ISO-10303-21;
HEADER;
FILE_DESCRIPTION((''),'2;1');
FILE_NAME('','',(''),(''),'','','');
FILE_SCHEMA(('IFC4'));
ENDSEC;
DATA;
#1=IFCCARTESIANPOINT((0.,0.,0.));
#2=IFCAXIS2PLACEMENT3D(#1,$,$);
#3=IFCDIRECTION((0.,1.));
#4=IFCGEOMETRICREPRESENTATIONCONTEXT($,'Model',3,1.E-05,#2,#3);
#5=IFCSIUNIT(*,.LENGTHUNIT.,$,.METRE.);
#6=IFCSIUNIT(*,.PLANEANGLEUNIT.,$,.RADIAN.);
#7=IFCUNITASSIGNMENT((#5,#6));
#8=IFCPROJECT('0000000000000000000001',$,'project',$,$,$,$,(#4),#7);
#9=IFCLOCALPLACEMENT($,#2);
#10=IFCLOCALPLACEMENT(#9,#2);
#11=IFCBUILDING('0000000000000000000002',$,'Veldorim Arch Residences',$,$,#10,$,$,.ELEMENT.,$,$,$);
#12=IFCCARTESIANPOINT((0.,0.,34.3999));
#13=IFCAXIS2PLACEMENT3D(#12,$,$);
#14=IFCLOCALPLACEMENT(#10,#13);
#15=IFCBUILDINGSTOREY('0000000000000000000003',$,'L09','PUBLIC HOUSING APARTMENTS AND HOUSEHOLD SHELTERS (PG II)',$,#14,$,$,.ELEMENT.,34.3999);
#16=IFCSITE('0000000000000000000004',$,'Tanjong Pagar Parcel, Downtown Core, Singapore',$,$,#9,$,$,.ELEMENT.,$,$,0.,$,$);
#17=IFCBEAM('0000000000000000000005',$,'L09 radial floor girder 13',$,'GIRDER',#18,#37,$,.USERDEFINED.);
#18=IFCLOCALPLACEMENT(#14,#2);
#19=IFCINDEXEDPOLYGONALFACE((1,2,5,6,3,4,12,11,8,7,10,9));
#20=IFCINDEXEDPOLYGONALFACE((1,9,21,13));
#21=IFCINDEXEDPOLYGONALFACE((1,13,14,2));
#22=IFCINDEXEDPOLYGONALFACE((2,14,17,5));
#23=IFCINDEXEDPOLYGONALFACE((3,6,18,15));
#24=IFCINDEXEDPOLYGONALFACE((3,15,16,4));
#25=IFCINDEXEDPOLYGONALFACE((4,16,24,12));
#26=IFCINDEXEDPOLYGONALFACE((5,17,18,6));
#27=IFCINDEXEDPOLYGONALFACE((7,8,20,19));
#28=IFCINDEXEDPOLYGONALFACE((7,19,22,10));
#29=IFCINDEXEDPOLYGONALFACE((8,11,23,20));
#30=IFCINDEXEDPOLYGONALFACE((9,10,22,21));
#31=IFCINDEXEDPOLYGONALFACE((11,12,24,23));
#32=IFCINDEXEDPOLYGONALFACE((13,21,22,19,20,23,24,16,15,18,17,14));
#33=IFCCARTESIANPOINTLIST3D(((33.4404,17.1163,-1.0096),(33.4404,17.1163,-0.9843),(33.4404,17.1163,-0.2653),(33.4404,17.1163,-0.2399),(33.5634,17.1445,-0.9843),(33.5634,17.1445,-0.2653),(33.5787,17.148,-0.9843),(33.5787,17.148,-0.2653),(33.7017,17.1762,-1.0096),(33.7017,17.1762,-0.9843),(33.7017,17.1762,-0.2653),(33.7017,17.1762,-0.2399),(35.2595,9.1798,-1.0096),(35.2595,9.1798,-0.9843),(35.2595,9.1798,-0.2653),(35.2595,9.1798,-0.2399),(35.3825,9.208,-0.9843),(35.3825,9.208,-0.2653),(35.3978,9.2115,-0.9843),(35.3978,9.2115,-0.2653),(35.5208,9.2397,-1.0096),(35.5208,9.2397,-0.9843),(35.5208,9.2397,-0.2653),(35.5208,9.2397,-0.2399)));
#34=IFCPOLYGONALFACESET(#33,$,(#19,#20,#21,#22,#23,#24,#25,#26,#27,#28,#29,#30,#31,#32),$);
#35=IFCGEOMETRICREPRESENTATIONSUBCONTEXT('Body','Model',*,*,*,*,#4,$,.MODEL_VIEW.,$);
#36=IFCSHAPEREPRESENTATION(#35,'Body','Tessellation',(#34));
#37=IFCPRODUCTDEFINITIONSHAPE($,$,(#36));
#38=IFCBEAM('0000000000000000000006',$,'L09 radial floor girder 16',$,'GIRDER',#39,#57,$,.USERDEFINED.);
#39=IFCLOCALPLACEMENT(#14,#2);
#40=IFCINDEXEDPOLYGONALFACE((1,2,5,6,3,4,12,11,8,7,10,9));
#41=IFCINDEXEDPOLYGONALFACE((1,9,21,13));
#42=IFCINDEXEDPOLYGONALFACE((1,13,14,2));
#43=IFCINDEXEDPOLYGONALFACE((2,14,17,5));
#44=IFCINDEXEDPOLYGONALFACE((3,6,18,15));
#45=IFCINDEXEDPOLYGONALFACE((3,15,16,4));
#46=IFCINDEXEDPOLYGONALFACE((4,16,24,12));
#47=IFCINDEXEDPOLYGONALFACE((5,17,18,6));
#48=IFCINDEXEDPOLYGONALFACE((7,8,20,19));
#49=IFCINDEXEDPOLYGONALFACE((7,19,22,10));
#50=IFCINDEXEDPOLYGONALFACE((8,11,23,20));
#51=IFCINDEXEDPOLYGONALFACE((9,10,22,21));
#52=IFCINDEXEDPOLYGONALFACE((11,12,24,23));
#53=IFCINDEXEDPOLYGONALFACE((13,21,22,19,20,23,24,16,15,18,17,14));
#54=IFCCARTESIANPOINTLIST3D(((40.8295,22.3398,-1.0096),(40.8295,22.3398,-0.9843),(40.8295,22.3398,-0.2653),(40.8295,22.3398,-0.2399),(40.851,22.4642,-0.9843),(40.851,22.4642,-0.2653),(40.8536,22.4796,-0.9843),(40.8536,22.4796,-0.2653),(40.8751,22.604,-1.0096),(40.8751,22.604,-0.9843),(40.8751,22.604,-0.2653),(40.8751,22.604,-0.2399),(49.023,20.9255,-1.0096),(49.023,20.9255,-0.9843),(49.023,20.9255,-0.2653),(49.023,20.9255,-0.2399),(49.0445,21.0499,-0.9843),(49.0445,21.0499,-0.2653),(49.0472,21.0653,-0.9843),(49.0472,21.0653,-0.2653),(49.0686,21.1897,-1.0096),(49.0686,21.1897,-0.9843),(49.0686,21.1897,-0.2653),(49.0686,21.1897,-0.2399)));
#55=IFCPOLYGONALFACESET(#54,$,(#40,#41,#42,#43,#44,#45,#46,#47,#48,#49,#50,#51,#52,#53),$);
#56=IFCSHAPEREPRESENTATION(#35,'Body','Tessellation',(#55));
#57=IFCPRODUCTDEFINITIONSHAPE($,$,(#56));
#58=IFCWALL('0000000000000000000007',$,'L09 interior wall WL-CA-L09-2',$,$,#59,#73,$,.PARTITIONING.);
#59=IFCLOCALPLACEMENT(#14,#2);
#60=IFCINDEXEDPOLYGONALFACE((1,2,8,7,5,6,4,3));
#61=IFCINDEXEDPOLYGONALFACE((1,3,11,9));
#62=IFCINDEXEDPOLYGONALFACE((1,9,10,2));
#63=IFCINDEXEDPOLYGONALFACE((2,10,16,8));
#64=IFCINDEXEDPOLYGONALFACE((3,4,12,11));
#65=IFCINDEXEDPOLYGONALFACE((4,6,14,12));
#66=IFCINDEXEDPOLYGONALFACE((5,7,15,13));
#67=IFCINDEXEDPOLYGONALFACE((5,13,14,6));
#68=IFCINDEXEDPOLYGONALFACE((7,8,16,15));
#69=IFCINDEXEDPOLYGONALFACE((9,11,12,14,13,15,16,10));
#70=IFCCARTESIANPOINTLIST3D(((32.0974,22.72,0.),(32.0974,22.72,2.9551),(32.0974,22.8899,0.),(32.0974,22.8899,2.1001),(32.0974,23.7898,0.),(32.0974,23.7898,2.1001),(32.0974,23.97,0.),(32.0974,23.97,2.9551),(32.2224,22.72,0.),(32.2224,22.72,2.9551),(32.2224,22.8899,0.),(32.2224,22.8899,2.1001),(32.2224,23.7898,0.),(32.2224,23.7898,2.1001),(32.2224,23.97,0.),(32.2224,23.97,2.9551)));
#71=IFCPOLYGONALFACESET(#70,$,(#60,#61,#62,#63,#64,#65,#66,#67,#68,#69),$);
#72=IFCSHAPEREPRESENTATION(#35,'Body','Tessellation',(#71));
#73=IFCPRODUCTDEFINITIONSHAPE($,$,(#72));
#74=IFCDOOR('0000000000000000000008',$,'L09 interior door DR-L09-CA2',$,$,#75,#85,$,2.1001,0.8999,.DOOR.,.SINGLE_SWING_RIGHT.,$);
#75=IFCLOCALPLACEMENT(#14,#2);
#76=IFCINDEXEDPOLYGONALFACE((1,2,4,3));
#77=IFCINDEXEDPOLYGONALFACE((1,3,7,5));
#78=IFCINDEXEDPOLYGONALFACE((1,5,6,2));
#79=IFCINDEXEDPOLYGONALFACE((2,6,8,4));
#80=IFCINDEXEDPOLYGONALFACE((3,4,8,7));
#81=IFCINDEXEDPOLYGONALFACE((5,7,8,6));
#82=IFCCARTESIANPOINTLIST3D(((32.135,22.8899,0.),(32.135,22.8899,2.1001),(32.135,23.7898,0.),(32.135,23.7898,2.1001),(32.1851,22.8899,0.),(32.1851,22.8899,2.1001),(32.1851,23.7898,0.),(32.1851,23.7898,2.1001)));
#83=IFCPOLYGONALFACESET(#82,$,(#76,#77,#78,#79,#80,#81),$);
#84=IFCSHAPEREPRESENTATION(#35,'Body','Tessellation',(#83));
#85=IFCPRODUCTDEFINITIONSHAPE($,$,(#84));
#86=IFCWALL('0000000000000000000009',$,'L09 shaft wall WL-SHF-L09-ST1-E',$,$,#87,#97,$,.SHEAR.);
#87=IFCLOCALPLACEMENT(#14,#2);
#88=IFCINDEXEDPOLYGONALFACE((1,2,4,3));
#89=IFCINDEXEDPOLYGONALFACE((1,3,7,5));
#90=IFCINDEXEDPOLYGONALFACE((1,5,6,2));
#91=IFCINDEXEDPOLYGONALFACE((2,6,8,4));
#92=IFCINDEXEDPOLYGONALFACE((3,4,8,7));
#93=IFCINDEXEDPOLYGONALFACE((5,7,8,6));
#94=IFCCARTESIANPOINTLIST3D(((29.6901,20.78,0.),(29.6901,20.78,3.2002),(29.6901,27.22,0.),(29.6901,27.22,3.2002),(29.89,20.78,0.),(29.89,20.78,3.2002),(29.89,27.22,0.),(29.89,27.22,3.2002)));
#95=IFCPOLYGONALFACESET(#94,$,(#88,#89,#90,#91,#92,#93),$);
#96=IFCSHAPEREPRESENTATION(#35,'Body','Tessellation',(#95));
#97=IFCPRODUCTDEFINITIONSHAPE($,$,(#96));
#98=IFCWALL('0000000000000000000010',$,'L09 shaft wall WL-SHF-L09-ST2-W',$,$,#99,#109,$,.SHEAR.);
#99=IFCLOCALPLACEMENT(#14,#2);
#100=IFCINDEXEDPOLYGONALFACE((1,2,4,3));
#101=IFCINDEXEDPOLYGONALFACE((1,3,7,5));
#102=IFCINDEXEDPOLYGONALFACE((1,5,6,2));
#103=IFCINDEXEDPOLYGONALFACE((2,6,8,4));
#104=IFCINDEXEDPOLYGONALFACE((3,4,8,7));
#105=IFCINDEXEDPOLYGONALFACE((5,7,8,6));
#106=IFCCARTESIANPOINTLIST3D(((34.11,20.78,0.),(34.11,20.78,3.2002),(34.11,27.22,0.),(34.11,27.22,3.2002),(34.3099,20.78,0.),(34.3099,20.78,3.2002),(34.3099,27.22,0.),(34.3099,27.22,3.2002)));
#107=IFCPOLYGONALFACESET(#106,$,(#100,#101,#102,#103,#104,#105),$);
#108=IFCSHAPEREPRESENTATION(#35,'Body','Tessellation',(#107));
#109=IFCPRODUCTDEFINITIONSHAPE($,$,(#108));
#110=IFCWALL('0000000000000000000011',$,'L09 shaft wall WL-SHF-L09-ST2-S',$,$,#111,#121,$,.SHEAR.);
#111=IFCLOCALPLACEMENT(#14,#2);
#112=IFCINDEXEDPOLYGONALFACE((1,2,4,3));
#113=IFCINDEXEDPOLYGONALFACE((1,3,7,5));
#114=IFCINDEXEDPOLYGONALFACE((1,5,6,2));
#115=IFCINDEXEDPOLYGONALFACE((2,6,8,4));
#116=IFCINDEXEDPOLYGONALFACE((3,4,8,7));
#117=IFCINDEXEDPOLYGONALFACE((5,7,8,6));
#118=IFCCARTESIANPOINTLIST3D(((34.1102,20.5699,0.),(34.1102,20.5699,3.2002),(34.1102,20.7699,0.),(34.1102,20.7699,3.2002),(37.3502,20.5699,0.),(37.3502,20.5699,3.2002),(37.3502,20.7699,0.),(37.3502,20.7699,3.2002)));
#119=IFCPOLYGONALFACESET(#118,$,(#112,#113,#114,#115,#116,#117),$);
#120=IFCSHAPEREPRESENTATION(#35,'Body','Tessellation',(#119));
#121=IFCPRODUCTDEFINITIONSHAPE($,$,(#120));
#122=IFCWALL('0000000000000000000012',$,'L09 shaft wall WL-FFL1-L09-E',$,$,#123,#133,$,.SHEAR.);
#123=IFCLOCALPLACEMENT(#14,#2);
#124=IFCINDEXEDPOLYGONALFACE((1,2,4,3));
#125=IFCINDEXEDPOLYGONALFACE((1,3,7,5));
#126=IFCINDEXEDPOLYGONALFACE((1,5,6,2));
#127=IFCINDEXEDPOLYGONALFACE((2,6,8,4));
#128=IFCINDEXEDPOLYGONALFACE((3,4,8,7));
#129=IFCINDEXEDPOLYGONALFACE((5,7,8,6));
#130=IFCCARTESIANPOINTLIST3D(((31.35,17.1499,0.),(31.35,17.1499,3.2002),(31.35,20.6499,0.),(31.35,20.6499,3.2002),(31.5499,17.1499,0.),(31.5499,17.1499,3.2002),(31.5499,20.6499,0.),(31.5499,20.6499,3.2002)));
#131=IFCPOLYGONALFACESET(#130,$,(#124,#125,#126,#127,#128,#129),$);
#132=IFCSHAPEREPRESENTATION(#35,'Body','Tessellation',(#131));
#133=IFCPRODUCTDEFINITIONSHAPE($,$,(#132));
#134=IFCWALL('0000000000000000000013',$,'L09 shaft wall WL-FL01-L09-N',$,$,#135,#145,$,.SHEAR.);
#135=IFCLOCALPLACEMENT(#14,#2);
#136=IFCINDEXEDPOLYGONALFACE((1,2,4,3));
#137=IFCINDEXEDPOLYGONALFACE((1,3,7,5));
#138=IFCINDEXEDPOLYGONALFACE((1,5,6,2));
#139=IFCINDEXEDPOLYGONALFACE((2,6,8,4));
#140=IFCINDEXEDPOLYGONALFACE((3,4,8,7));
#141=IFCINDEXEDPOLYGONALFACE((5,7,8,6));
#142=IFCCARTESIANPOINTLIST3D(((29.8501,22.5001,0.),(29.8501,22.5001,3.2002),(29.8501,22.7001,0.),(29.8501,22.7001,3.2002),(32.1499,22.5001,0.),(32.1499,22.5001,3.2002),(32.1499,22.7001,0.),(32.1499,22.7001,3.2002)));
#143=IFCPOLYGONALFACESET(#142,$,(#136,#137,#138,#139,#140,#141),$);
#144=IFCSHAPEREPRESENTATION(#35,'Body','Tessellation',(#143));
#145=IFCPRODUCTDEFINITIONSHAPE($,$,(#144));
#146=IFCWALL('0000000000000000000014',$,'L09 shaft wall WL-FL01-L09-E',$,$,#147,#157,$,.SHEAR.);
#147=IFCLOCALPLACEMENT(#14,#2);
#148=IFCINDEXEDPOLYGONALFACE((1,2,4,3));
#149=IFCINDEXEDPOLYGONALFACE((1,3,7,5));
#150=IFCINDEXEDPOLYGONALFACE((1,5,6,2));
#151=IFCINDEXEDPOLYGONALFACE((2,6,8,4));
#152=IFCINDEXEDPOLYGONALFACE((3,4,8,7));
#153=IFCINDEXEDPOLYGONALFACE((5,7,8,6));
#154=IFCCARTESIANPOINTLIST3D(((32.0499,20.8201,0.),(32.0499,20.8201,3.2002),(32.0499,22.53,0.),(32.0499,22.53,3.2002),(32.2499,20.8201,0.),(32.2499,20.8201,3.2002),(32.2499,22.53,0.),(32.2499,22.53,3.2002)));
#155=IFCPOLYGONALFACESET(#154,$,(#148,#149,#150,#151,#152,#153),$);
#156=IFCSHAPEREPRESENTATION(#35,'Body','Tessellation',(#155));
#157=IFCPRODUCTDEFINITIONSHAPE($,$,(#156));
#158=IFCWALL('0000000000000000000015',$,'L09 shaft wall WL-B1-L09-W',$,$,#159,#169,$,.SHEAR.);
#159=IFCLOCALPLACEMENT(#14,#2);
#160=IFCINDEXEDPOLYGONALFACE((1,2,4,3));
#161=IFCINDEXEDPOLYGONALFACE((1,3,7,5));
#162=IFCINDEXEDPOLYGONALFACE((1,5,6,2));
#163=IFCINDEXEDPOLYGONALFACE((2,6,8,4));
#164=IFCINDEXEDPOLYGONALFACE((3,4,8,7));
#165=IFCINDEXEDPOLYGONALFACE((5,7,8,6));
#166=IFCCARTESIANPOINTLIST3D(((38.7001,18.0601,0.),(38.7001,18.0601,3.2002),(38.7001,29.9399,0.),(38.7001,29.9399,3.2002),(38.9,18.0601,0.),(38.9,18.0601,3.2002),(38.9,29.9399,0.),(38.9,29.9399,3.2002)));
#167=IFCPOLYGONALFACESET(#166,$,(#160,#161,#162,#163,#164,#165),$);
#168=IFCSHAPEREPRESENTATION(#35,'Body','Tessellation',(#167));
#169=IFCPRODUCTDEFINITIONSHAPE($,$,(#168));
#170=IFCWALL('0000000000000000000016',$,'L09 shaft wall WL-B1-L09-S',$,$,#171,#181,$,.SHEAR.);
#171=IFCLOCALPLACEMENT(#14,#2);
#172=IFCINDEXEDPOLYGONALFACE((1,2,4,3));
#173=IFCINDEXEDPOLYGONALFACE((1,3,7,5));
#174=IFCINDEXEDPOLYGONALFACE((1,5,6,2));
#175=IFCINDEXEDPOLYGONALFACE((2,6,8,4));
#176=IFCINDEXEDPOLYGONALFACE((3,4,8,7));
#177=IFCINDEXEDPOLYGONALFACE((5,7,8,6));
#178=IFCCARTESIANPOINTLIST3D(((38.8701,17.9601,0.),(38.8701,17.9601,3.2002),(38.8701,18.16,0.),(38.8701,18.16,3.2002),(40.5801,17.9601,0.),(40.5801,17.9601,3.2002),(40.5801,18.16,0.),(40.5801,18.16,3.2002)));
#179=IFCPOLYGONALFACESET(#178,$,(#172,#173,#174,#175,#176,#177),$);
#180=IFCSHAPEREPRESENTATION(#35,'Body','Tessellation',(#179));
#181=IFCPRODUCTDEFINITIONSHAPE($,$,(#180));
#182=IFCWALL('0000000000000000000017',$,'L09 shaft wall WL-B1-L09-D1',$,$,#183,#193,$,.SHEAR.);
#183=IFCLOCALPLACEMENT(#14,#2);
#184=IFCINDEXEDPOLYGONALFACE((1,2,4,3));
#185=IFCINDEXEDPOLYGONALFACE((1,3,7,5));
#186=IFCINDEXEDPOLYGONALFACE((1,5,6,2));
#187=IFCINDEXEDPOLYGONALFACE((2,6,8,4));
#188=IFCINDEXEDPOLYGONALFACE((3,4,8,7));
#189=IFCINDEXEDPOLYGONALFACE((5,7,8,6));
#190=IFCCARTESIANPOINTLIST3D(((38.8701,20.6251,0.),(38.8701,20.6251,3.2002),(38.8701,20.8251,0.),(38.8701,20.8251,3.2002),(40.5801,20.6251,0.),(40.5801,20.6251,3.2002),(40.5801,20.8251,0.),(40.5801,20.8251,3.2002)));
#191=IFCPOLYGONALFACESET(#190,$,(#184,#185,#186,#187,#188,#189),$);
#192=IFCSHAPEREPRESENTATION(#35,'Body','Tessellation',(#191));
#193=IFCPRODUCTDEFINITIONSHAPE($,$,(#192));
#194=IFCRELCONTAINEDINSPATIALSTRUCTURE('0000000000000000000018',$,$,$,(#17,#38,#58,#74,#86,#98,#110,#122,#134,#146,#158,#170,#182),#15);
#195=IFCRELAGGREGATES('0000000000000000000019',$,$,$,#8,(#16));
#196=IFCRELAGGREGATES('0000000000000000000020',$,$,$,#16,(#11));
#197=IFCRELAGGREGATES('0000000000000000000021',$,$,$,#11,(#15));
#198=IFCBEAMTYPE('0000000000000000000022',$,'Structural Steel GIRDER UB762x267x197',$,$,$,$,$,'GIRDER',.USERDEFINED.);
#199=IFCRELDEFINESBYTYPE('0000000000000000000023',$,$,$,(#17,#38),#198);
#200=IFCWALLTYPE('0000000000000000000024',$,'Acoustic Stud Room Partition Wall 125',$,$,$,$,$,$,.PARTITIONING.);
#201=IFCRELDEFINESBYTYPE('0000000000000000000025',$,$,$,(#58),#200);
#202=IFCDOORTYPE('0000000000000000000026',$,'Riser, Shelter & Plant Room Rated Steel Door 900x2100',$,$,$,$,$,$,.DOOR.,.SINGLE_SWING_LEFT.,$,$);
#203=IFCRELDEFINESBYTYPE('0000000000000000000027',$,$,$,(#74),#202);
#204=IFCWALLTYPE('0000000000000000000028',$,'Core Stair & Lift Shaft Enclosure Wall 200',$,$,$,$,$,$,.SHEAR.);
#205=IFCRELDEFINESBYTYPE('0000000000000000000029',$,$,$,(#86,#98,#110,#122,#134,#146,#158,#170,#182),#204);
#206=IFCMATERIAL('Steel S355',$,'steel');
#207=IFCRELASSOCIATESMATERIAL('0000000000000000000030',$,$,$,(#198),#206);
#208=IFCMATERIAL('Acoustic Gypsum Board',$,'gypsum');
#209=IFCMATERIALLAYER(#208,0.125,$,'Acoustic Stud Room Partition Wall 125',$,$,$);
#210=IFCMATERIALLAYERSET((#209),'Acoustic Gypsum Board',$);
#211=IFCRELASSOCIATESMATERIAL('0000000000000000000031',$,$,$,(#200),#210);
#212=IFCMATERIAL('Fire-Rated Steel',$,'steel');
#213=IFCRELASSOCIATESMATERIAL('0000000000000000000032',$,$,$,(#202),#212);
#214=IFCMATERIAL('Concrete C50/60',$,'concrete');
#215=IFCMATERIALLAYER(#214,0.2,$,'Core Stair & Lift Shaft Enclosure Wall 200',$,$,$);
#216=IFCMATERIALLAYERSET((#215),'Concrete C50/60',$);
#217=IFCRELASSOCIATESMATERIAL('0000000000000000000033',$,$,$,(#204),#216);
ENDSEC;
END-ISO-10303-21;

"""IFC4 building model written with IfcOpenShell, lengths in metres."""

from ifc_helpers import new_model, si_unit, direction, frame, frame_2d, origin, origin_2d, place, context, subcontext, project, spatial, rectangle, i_section, extrude, material, layer, layer_set, material_profile, profile_set, type_object, element, fill, save


model = new_model("IFC4")

# Units and contexts
model_context = context("Model", 3, precision=1e-05, world=origin(), true_north=direction((0.0, 1.0)))
body_context = subcontext(model_context, "Body", "Model", "MODEL_VIEW")
ifc_project = project(units=[si_unit("LENGTHUNIT", "METRE"), si_unit("PLANEANGLEUNIT", "RADIAN")], contexts=[model_context])

# Site, building, storey
site_placement = place(None, origin())
site = spatial("IfcSite", under=ifc_project, at=site_placement, Name="Tanjong Pagar Parcel, Downtown Core, Singapore", CompositionType="ELEMENT", RefElevation=0.0)
building_placement = place(site_placement, origin())
building = spatial("IfcBuilding", under=site, at=building_placement, Name="Veldorim Arch Residences", CompositionType="ELEMENT")
storey_placement = place(building_placement, frame((0.0, 0.0, 34.3999)))
storey = spatial("IfcBuildingStorey", under=building, at=storey_placement, Name="L09", Description="PUBLIC HOUSING APARTMENTS AND HOUSEHOLD SHELTERS (PG II)", CompositionType="ELEMENT", Elevation=34.3999)

# Beams
ifc_material_1 = material(Name="Steel S355", Category="steel")
ifc_material_profile = material_profile(ifc_material_1, i_section(OverallWidth=0.2681, OverallDepth=0.7698, WebThickness=0.0156, FlangeThickness=0.0254, at=origin_2d()), Name="UB762x267x197")
ifc_profile_set = profile_set([ifc_material_profile], Name="Steel S355")
beam_type = type_object("IfcBeamType", Name="Structural Steel GIRDER UB762x267x197", ElementType="GIRDER", PredefinedType="USERDEFINED", material=ifc_profile_set)
beam_1_placement = place(storey_placement, frame((33.571, 17.1462, -0.6248), z_axis=(0.223412, -0.974724, 0.0), x_axis=(0.974724, 0.223412, 0.0)))
element("IfcBeam", 1, at=beam_1_placement, inside=storey, type_object=beam_type, Name="L09 radial floor girder 13", ObjectType="GIRDER", PredefinedType="USERDEFINED", context=body_context, shape_type="SweptSolid", body=[
    extrude(i_section(OverallWidth=0.2681, OverallDepth=0.7698, WebThickness=0.0156, FlangeThickness=0.0254, at=origin_2d()), origin(), (0.0, 0.0, 1.0), 8.1423),
])
beam_2_placement = place(storey_placement, frame((40.8523, 22.4719, -0.6248), z_axis=(0.985428, -0.170096, 0.0), x_axis=(0.170096, 0.985428, 0.0)))
element("IfcBeam", 2, at=beam_2_placement, inside=storey, type_object=beam_type, Name="L09 radial floor girder 16", ObjectType="GIRDER", PredefinedType="USERDEFINED", context=body_context, shape_type="SweptSolid", body=[
    extrude(i_section(OverallWidth=0.2681, OverallDepth=0.7698, WebThickness=0.0156, FlangeThickness=0.0254, at=origin_2d()), origin(), (0.0, 0.0, 1.0), 8.3147),
])

# Wall, opening, door
ifc_material_2 = material(Name="Acoustic Gypsum Board", Category="gypsum")
ifc_layer_1 = layer(ifc_material_2, 0.125, Name="Acoustic Stud Room Partition Wall 125")
ifc_layer_set_1 = layer_set([ifc_layer_1], Name="Acoustic Gypsum Board")
wall_type_1 = type_object("IfcWallType", Name="Acoustic Stud Room Partition Wall 125", PredefinedType="PARTITIONING", material=ifc_layer_set_1)
wall_1_placement = place(storey_placement, frame((32.1599, 22.72, 0.0), z_axis=(0.0, 0.0, 1.0), x_axis=(0.0, 1.0, 0.0)))
wall_1 = element("IfcWall", 3, at=wall_1_placement, inside=storey, type_object=wall_type_1, Name="L09 interior wall WL-CA-L09-2", PredefinedType="PARTITIONING", context=body_context, shape_type="SweptSolid", body=[
    extrude(rectangle(XDim=1.25, YDim=0.125, at=frame_2d((0.625, 0.0))), origin(), (0.0, 0.0, 1.0), 2.9551),
])
opening_1_placement = place(wall_1_placement, frame((0.1699, 0.0, 0.0)))
opening_1 = element("IfcOpeningElement", 4, at=opening_1_placement, cuts=wall_1, PredefinedType="OPENING", context=body_context, shape_type="SweptSolid", body=[
    extrude(rectangle(XDim=0.8999, YDim=2.1001, at=frame_2d((0.45, 1.05))), frame((0.0, 0.0725, 0.0), z_axis=(0.0, -1.0, 0.0), x_axis=(1.0, 0.0, 0.0)), (0.0, 0.0, 1.0), 0.145),
])
ifc_material_3 = material(Name="Fire-Rated Steel", Category="steel")
door_type_1 = type_object("IfcDoorType", Name="Riser, Shelter & Plant Room Rated Steel Door 900x2100", OperationType="SINGLE_SWING_LEFT", PredefinedType="DOOR", material=ifc_material_3)
door_1_placement = place(opening_1_placement, origin())
door_1 = element("IfcDoor", 5, at=door_1_placement, inside=storey, type_object=door_type_1, Name="L09 interior door DR-L09-CA2", OperationType="SINGLE_SWING_RIGHT", OverallHeight=2.1001, OverallWidth=0.8999, PredefinedType="DOOR", context=body_context, shape_type="SweptSolid", body=[
    extrude(rectangle(XDim=0.8999, YDim=2.1001, at=frame_2d((0.45, 1.05))), frame((0.0, 0.0249, 0.0), z_axis=(0.0, -1.0, 0.0), x_axis=(1.0, 0.0, 0.0)), (0.0, 0.0, 1.0), 0.05),
])
fill(opening_1, door_1)

# Walls
ifc_material_4 = material(Name="Concrete C50/60", Category="concrete")
ifc_layer_2 = layer(ifc_material_4, 0.2, Name="Core Stair & Lift Shaft Enclosure Wall 200")
ifc_layer_set_2 = layer_set([ifc_layer_2], Name="Concrete C50/60")
wall_type_2 = type_object("IfcWallType", Name="Core Stair & Lift Shaft Enclosure Wall 200", PredefinedType="SHEAR", material=ifc_layer_set_2)
for number, where, z_axis, x_axis, name in (
    (6, (29.79, 20.78, 0.0), (0.0, 0.0, 1.0), (0.0, 1.0, 0.0), "L09 shaft wall WL-SHF-L09-ST1-E"),
    (7, (34.21, 20.78, 0.0), (0.0, 0.0, 1.0), (0.0, 1.0, 0.0), "L09 shaft wall WL-SHF-L09-ST2-W"),
):
    element("IfcWall", number, at=place(storey_placement, frame(where, z_axis=z_axis, x_axis=x_axis)), inside=storey, type_object=wall_type_2, Name=name, PredefinedType="SHEAR", context=body_context, shape_type="SweptSolid", body=[
        extrude(rectangle(XDim=6.4399, YDim=0.2, at=frame_2d((3.22, 0.0))), origin(), (0.0, 0.0, 1.0), 3.2002),
    ])
wall_2_placement = place(storey_placement, frame((34.1101, 20.6699, 0.0), z_axis=(0.0, 0.0, 1.0), x_axis=(1.0, 0.0, 0.0)))
element("IfcWall", 8, at=wall_2_placement, inside=storey, type_object=wall_type_2, Name="L09 shaft wall WL-SHF-L09-ST2-S", PredefinedType="SHEAR", context=body_context, shape_type="SweptSolid", body=[
    extrude(rectangle(XDim=3.24, YDim=0.2, at=frame_2d((1.6201, 0.0))), origin(), (0.0, 0.0, 1.0), 3.2002),
])
wall_3_placement = place(storey_placement, frame((31.45, 17.1499, 0.0), z_axis=(0.0, 0.0, 1.0), x_axis=(0.0, 1.0, 0.0)))
element("IfcWall", 9, at=wall_3_placement, inside=storey, type_object=wall_type_2, Name="L09 shaft wall WL-FFL1-L09-E", PredefinedType="SHEAR", context=body_context, shape_type="SweptSolid", body=[
    extrude(rectangle(XDim=3.5, YDim=0.2, at=frame_2d((1.75, 0.0))), origin(), (0.0, 0.0, 1.0), 3.2002),
])

# Walls
wall_4_placement = place(storey_placement, frame((29.8501, 22.6001, 0.0), z_axis=(0.0, 0.0, 1.0), x_axis=(1.0, 0.0, 0.0)))
element("IfcWall", 10, at=wall_4_placement, inside=storey, type_object=wall_type_2, Name="L09 shaft wall WL-FL01-L09-N", PredefinedType="SHEAR", context=body_context, shape_type="SweptSolid", body=[
    extrude(rectangle(XDim=2.2998, YDim=0.2, at=frame_2d((1.1499, 0.0))), origin(), (0.0, 0.0, 1.0), 3.2002),
])
wall_5_placement = place(storey_placement, frame((32.1499, 20.8201, 0.0), z_axis=(0.0, 0.0, 1.0), x_axis=(0.0, 1.0, 0.0)))
element("IfcWall", 11, at=wall_5_placement, inside=storey, type_object=wall_type_2, Name="L09 shaft wall WL-FL01-L09-E", PredefinedType="SHEAR", context=body_context, shape_type="SweptSolid", body=[
    extrude(rectangle(XDim=1.71, YDim=0.2, at=frame_2d((0.855, 0.0))), origin(), (0.0, 0.0, 1.0), 3.2002),
])
wall_6_placement = place(storey_placement, frame((38.8, 18.0601, 0.0), z_axis=(0.0, 0.0, 1.0), x_axis=(0.0, 1.0, 0.0)))
element("IfcWall", 12, at=wall_6_placement, inside=storey, type_object=wall_type_2, Name="L09 shaft wall WL-B1-L09-W", PredefinedType="SHEAR", context=body_context, shape_type="SweptSolid", body=[
    extrude(rectangle(XDim=11.8799, YDim=0.2, at=frame_2d((5.9399, 0.0))), origin(), (0.0, 0.0, 1.0), 3.2002),
])
for number, where, z_axis, x_axis, name in (
    (13, (38.8701, 18.0601, 0.0), (0.0, 0.0, 1.0), (1.0, 0.0, 0.0), "L09 shaft wall WL-B1-L09-S"),
    (14, (38.8701, 20.7251, 0.0), (0.0, 0.0, 1.0), (1.0, 0.0, 0.0), "L09 shaft wall WL-B1-L09-D1"),
):
    element("IfcWall", number, at=place(storey_placement, frame(where, z_axis=z_axis, x_axis=x_axis)), inside=storey, type_object=wall_type_2, Name=name, PredefinedType="SHEAR", context=body_context, shape_type="SweptSolid", body=[
        extrude(rectangle(XDim=1.71, YDim=0.2, at=frame_2d((0.855, 0.0))), origin(), (0.0, 0.0, 1.0), 3.2002),
    ])

save(model, "model.ifc")
